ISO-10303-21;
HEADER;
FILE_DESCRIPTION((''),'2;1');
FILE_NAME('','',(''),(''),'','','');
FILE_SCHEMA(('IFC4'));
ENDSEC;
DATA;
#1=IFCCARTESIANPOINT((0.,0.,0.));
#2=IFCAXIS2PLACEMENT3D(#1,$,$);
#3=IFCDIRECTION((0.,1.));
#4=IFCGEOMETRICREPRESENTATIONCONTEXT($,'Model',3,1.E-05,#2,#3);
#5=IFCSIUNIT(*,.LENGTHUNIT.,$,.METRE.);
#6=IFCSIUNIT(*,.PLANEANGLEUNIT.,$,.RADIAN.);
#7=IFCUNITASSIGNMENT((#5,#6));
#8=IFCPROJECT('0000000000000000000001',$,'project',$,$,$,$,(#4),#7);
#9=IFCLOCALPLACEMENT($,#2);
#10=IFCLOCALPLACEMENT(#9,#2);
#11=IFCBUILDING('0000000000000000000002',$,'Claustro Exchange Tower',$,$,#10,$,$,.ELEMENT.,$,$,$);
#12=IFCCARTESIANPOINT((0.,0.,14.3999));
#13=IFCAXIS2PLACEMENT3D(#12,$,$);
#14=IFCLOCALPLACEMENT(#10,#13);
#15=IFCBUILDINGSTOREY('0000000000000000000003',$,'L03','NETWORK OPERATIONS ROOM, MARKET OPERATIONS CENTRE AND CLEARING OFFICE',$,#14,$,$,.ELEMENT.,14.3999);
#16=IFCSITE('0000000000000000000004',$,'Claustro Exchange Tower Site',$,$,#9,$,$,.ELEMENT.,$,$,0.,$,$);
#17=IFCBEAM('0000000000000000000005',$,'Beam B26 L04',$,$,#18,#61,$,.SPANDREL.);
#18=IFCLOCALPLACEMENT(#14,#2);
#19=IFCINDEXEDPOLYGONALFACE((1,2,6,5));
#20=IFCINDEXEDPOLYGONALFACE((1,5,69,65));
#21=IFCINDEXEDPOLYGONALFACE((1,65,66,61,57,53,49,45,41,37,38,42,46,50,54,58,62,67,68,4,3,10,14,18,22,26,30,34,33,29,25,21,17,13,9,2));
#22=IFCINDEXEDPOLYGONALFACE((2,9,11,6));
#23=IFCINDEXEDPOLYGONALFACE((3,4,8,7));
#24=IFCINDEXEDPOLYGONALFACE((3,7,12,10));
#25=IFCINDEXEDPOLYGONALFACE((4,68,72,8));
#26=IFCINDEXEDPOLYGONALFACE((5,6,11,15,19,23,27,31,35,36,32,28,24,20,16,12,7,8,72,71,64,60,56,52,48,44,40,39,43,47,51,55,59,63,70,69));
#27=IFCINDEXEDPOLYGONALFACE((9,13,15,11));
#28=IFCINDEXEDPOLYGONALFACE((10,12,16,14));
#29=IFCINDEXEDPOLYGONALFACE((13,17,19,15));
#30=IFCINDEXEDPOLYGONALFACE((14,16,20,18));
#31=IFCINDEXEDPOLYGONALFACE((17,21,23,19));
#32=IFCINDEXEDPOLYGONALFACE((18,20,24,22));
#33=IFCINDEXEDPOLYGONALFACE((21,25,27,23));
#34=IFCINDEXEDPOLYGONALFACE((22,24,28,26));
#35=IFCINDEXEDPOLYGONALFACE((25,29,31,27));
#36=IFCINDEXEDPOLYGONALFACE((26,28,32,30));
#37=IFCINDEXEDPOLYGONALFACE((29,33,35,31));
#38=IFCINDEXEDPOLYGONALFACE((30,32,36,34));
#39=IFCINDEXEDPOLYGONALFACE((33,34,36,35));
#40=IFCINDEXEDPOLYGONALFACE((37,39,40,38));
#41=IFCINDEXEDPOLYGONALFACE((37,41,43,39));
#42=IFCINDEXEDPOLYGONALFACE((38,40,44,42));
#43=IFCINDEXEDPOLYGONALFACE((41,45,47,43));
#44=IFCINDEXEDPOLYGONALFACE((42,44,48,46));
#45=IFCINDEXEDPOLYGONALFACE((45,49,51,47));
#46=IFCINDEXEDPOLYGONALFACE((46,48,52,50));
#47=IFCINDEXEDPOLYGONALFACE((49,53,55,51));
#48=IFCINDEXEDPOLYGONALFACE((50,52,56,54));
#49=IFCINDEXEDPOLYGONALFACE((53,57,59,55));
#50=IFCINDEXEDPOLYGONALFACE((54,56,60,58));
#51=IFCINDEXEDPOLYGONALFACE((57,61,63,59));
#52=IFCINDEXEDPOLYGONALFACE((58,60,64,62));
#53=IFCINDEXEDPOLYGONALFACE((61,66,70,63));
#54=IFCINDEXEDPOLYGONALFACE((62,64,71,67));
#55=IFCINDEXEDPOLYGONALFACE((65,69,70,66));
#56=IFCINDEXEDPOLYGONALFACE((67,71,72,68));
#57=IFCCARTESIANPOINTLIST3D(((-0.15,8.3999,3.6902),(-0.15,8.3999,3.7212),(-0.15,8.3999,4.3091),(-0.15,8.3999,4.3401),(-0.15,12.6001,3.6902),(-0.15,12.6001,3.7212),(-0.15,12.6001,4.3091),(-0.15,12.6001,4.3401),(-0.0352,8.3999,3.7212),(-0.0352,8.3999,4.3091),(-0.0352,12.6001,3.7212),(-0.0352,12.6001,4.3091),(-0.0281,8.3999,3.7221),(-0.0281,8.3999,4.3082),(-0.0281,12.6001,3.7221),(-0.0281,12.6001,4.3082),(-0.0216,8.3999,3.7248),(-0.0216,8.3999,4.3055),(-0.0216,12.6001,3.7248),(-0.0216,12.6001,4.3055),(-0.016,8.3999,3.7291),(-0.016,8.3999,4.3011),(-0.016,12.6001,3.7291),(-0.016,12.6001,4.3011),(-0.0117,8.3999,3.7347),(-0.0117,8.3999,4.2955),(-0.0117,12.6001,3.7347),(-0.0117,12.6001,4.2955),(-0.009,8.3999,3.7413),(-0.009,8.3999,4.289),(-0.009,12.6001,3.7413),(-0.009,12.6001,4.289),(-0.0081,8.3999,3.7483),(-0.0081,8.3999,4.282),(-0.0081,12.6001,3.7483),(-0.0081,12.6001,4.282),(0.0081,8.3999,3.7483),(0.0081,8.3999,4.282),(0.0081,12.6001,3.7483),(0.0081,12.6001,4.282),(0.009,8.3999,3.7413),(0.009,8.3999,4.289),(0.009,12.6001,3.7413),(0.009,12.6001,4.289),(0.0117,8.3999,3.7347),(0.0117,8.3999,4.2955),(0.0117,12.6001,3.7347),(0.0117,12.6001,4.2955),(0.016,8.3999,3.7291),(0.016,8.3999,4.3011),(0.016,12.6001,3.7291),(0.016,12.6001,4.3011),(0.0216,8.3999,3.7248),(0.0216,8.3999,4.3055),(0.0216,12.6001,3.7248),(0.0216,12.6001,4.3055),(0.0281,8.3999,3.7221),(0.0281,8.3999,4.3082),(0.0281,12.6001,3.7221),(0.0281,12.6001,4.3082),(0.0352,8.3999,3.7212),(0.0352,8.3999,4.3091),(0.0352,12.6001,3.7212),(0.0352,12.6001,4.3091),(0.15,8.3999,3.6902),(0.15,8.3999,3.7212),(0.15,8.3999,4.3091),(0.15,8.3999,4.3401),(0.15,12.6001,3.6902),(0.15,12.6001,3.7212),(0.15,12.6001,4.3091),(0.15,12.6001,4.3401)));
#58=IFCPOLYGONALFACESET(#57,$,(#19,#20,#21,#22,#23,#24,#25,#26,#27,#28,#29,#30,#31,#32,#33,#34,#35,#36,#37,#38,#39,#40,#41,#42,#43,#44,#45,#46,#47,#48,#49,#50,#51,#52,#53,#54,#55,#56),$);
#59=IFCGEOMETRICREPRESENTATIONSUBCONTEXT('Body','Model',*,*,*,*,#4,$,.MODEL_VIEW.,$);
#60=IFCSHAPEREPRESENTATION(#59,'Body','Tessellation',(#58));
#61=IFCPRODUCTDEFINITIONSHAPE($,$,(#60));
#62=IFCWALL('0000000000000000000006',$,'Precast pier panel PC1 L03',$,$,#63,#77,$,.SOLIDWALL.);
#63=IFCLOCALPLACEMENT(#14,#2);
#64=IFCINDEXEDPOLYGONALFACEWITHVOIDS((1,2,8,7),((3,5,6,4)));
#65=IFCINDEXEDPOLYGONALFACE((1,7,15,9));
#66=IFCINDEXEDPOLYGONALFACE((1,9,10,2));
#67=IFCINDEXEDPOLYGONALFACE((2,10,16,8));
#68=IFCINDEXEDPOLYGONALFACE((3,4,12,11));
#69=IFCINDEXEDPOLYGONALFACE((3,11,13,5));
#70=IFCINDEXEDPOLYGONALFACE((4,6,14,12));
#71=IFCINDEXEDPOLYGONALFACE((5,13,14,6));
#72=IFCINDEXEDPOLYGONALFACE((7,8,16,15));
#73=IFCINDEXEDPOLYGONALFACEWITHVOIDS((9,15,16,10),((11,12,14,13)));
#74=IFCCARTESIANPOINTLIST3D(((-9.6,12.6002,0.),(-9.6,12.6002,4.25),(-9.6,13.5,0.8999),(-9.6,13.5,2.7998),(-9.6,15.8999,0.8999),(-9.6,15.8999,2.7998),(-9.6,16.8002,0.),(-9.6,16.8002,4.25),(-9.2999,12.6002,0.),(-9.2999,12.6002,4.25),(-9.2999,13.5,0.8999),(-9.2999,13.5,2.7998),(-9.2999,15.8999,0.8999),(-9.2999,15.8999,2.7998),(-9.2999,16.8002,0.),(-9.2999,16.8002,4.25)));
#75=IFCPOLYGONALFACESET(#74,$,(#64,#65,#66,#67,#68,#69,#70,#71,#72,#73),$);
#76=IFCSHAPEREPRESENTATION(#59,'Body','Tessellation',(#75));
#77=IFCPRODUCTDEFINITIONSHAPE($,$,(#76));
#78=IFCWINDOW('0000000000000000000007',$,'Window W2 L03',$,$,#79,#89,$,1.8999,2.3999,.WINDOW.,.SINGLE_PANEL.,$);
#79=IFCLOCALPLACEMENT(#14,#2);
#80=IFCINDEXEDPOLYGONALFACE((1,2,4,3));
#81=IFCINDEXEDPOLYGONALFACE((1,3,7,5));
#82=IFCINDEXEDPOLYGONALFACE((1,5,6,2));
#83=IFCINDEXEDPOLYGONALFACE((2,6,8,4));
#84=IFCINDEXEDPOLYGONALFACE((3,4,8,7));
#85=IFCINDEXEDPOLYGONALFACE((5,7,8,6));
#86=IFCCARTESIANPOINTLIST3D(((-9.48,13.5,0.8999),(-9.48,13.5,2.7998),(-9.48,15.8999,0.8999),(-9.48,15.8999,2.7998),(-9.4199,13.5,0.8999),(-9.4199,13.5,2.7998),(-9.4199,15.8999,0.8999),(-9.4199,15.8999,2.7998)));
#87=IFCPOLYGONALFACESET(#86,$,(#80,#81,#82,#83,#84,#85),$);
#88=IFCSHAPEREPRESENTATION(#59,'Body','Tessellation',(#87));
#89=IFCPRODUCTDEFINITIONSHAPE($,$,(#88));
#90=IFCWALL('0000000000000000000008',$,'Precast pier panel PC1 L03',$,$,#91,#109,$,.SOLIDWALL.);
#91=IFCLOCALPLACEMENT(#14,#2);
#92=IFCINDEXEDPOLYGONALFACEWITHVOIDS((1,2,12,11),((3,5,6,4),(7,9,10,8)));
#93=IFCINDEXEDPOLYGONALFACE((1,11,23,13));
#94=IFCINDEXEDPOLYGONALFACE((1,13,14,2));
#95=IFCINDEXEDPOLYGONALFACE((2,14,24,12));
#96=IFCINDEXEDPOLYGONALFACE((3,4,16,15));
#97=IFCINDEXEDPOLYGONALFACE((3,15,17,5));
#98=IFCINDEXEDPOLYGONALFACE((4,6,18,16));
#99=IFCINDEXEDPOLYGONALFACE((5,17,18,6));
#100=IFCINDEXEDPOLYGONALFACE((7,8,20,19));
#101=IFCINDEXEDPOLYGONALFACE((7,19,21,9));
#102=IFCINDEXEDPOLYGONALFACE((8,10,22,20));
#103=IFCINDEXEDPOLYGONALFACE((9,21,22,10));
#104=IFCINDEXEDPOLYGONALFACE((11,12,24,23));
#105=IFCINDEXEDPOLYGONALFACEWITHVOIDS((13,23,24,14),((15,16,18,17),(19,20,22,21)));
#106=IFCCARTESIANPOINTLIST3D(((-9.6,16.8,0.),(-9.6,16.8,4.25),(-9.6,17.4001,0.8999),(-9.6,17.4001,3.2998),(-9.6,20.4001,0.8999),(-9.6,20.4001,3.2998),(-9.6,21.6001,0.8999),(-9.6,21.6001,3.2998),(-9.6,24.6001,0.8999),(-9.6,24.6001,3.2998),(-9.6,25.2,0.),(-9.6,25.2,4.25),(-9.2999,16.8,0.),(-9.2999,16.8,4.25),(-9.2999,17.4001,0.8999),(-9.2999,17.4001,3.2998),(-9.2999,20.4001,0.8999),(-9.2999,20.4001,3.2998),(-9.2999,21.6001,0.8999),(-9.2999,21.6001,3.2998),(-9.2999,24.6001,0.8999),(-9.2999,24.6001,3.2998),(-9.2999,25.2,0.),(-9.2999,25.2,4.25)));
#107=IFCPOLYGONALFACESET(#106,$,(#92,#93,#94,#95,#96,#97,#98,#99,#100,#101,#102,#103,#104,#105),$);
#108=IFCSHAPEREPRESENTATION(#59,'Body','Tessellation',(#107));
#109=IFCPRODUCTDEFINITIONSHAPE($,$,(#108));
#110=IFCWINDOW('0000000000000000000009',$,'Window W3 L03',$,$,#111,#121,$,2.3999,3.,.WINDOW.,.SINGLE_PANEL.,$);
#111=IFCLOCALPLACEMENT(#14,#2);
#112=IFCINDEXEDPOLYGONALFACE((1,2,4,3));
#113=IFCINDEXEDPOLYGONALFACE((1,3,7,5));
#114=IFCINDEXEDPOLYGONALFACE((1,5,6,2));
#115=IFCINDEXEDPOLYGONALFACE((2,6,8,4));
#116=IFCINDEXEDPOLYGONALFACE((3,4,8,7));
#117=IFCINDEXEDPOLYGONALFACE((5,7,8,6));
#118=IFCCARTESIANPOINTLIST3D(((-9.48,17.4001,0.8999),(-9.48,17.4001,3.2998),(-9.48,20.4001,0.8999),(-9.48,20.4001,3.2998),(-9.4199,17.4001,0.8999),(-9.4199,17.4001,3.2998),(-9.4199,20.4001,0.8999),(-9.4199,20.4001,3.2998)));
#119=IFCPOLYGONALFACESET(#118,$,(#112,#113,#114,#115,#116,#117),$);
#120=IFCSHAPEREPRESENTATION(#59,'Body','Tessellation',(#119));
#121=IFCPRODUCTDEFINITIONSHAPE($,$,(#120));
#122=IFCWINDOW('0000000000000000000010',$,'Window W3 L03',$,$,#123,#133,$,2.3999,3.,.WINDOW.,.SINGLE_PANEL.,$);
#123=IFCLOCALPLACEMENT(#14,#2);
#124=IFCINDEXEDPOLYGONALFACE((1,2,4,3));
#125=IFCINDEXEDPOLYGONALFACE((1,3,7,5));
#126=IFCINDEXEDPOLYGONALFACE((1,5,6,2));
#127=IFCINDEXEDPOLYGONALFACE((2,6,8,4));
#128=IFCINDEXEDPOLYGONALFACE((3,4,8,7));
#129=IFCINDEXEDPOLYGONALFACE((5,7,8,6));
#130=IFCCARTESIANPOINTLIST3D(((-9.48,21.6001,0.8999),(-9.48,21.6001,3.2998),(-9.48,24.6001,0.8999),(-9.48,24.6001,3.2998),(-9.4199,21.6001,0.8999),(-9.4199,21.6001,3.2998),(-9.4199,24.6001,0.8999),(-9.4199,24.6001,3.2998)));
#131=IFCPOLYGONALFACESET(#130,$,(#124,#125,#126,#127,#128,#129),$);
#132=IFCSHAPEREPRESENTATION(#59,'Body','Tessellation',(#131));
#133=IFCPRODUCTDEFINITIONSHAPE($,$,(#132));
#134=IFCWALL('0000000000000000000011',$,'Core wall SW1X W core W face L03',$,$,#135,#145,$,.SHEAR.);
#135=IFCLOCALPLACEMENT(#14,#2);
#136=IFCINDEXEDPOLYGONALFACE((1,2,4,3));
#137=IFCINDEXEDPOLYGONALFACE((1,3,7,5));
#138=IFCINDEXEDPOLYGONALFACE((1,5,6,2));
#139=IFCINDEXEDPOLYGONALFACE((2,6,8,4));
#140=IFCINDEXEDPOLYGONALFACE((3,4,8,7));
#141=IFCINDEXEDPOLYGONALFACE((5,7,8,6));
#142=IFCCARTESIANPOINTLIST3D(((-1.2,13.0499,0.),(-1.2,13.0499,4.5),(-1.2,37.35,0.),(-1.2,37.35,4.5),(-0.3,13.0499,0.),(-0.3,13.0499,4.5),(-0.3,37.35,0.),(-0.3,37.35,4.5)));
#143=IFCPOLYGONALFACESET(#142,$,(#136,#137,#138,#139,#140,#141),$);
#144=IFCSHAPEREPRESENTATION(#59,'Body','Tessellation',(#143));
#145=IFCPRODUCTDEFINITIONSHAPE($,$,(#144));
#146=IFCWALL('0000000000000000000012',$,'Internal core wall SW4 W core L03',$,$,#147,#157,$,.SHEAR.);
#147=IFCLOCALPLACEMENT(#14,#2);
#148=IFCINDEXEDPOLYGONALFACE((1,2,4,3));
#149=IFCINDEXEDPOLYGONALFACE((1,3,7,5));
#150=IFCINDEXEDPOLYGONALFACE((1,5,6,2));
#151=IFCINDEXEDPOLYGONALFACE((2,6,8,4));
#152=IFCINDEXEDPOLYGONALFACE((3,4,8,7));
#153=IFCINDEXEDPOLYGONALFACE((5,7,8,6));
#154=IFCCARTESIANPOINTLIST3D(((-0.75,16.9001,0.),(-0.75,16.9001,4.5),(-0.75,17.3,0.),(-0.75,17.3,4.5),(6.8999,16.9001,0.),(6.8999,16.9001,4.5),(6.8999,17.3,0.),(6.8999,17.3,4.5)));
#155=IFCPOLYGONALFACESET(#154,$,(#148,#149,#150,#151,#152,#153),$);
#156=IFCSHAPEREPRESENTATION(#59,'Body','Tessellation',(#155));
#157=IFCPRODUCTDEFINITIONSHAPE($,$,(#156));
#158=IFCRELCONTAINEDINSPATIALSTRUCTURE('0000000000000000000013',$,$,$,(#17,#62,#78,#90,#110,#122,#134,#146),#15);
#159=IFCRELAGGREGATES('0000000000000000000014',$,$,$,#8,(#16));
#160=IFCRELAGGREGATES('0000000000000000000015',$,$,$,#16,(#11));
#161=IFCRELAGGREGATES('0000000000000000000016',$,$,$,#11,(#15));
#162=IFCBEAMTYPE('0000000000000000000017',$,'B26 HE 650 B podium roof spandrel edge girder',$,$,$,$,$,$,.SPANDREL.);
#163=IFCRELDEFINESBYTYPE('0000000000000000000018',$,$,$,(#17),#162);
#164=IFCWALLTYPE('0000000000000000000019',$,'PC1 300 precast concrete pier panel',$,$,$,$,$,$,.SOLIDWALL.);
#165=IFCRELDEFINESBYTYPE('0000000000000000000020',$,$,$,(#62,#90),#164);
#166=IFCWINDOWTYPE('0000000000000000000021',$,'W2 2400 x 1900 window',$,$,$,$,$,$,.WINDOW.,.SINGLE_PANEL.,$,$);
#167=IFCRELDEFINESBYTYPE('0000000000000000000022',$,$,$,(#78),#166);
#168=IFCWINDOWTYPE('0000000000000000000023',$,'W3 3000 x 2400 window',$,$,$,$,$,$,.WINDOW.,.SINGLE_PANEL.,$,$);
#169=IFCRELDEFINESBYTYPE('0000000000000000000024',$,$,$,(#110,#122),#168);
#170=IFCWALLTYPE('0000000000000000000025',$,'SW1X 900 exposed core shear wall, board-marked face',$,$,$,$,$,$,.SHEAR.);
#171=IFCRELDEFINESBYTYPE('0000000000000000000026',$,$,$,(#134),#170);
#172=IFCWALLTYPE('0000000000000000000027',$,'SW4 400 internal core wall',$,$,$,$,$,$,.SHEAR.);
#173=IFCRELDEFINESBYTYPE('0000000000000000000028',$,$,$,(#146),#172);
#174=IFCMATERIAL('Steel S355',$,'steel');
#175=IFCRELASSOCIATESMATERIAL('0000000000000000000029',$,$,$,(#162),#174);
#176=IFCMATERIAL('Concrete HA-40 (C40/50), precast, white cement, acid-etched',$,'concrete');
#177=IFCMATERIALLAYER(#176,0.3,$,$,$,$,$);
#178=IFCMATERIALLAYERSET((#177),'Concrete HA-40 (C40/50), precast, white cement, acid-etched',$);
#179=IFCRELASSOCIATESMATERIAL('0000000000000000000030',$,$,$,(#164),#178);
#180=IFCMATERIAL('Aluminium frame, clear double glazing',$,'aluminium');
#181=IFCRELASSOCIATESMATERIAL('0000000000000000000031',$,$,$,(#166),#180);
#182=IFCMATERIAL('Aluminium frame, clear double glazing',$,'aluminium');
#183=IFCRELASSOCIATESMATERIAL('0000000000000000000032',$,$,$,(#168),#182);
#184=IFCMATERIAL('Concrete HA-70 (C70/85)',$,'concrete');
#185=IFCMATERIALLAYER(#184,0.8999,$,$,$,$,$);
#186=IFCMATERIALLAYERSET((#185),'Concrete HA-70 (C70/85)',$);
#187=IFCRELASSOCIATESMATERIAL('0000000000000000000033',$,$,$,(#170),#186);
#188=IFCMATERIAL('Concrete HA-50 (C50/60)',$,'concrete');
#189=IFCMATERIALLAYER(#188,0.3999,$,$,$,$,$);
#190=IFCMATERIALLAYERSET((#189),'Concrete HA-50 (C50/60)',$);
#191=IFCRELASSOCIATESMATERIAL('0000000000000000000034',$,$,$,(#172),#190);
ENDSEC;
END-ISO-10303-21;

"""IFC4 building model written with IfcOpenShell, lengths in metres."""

from ifc_helpers import new_model, si_unit, direction, frame, frame_2d, origin, origin_2d, place, context, subcontext, project, spatial, rectangle, i_section, extrude, material, layer, layer_set, material_profile, profile_set, type_object, element, fill, save


model = new_model("IFC4")

# Units and contexts
model_context = context("Model", 3, precision=1e-05, world=origin(), true_north=direction((0.0, 1.0)))
body_context = subcontext(model_context, "Body", "Model", "MODEL_VIEW")
ifc_project = project(units=[si_unit("LENGTHUNIT", "METRE"), si_unit("PLANEANGLEUNIT", "RADIAN")], contexts=[model_context])

# Site, building, storey
site_placement = place(None, origin())
site = spatial("IfcSite", under=ifc_project, at=site_placement, Name="Claustro Exchange Tower Site", CompositionType="ELEMENT", RefElevation=0.0)
building_placement = place(site_placement, origin())
building = spatial("IfcBuilding", under=site, at=building_placement, Name="Claustro Exchange Tower", CompositionType="ELEMENT")
storey_placement = place(building_placement, frame((0.0, 0.0, 14.3999)))
storey = spatial("IfcBuildingStorey", under=building, at=storey_placement, Name="L03", Description="NETWORK OPERATIONS ROOM, MARKET OPERATIONS CENTRE AND CLEARING OFFICE", CompositionType="ELEMENT", Elevation=14.3999)

# Beam
ifc_material_1 = material(Name="Steel S355", Category="steel")
ifc_material_profile_1 = material_profile(ifc_material_1, i_section(OverallWidth=0.3, OverallDepth=0.6499, WebThickness=0.0161, FlangeThickness=0.031, FilletRadius=0.0271, at=origin_2d()), Name="HE 650 B")
ifc_profile_set_1 = profile_set([ifc_material_profile_1], Name="Steel S355")
beam_type_1 = type_object("IfcBeamType", Name="B26 HE 650 B podium roof spandrel edge girder", PredefinedType="SPANDREL", material=ifc_profile_set_1)
beam_1_placement = place(storey_placement, frame((0.0, 8.3999, 4.0151), z_axis=(0.0, 1.0, 0.0), x_axis=(-1.0, 0.0, 0.0)))
element("IfcBeam", 1, at=beam_1_placement, inside=storey, type_object=beam_type_1, Name="Beam B26 L04", PredefinedType="SPANDREL", context=body_context, shape_type="SweptSolid", body=[
    extrude(i_section(OverallWidth=0.3, OverallDepth=0.6499, WebThickness=0.0161, FlangeThickness=0.031, FilletRadius=0.0271, at=origin_2d()), origin(), (0.0, 0.0, 1.0), 4.2002),
])

# Wall, opening, window
ifc_material_2 = material(Name="Concrete HA-40 (C40/50), precast, white cement, acid-etched", Category="concrete")
ifc_layer_1 = layer(ifc_material_2, 0.3)
ifc_layer_set_1 = layer_set([ifc_layer_1], Name="Concrete HA-40 (C40/50), precast, white cement, acid-etched")
wall_type_1 = type_object("IfcWallType", Name="PC1 300 precast concrete pier panel", PredefinedType="SOLIDWALL", material=ifc_layer_set_1)
wall_1_placement = place(storey_placement, frame((-9.45, 12.6001, 0.0), z_axis=(0.0, 0.0, 1.0), x_axis=(0.0, 1.0, 0.0)))
wall_1 = element("IfcWall", 2, at=wall_1_placement, inside=storey, type_object=wall_type_1, Name="Precast pier panel PC1 L03", PredefinedType="SOLIDWALL", context=body_context, shape_type="SweptSolid", body=[
    extrude(rectangle(XDim=4.2, YDim=0.3, at=frame_2d((2.1001, 0.0))), origin(), (0.0, 0.0, 1.0), 4.25),
])
opening_1_placement = place(wall_1_placement, frame((0.8999, 0.0, 0.8999)))
opening_1 = element("IfcOpeningElement", 3, at=opening_1_placement, cuts=wall_1, PredefinedType="OPENING", context=body_context, shape_type="SweptSolid", body=[
    extrude(rectangle(XDim=2.3999, YDim=1.8999, at=frame_2d((1.2, 0.95))), frame((0.0, 0.1599, 0.0), z_axis=(0.0, -1.0, 0.0), x_axis=(1.0, 0.0, 0.0)), (0.0, 0.0, 1.0), 0.3201),
])
ifc_material_3 = material(Name="Aluminium frame, clear double glazing", Category="aluminium")
window_type_1 = type_object("IfcWindowType", Name="W2 2400 x 1900 window", PartitioningType="SINGLE_PANEL", PredefinedType="WINDOW", material=ifc_material_3)
window_1_placement = place(opening_1_placement, origin())
window_1 = element("IfcWindow", 4, at=window_1_placement, inside=storey, type_object=window_type_1, Name="Window W2 L03", OverallHeight=1.8999, OverallWidth=2.3999, PartitioningType="SINGLE_PANEL", PredefinedType="WINDOW", context=body_context, shape_type="SweptSolid", body=[
    extrude(rectangle(XDim=2.3999, YDim=1.8999, at=frame_2d((1.2, 0.95))), frame((0.0, 0.03, 0.0), z_axis=(0.0, -1.0, 0.0), x_axis=(1.0, 0.0, 0.0)), (0.0, 0.0, 1.0), 0.0601),
])
fill(opening_1, window_1)

# Wall, openings, windows
wall_2_placement = place(storey_placement, frame((-9.45, 16.8, 0.0), z_axis=(0.0, 0.0, 1.0), x_axis=(0.0, 1.0, 0.0)))
wall_2 = element("IfcWall", 5, at=wall_2_placement, inside=storey, type_object=wall_type_1, Name="Precast pier panel PC1 L03", PredefinedType="SOLIDWALL", context=body_context, shape_type="SweptSolid", body=[
    extrude(rectangle(XDim=8.3999, YDim=0.3, at=frame_2d((4.2, 0.0))), origin(), (0.0, 0.0, 1.0), 4.25),
])
opening_2_placement = place(wall_2_placement, frame((0.6001, 0.0, 0.8999)))
opening_2 = element("IfcOpeningElement", 6, at=opening_2_placement, cuts=wall_2, PredefinedType="OPENING", context=body_context, shape_type="SweptSolid", body=[
    extrude(rectangle(XDim=3.0, YDim=2.3999, at=frame_2d((1.5, 1.2))), frame((0.0, 0.1599, 0.0), z_axis=(0.0, -1.0, 0.0), x_axis=(1.0, 0.0, 0.0)), (0.0, 0.0, 1.0), 0.3201),
])
opening_3_placement = place(wall_2_placement, frame((4.8, 0.0, 0.8999)))
opening_3 = element("IfcOpeningElement", 7, at=opening_3_placement, cuts=wall_2, PredefinedType="OPENING", context=body_context, shape_type="SweptSolid", body=[
    extrude(rectangle(XDim=3.0, YDim=2.3999, at=frame_2d((1.5, 1.2))), frame((0.0, 0.1599, 0.0), z_axis=(0.0, -1.0, 0.0), x_axis=(1.0, 0.0, 0.0)), (0.0, 0.0, 1.0), 0.3201),
])
ifc_material_4 = material(Name="Aluminium frame, clear double glazing", Category="aluminium")
window_type_2 = type_object("IfcWindowType", Name="W3 3000 x 2400 window", PartitioningType="SINGLE_PANEL", PredefinedType="WINDOW", material=ifc_material_4)
window_2_placement = place(opening_2_placement, origin())
window_2 = element("IfcWindow", 8, at=window_2_placement, inside=storey, type_object=window_type_2, Name="Window W3 L03", OverallHeight=2.3999, OverallWidth=3.0, PartitioningType="SINGLE_PANEL", PredefinedType="WINDOW", context=body_context, shape_type="SweptSolid", body=[
    extrude(rectangle(XDim=3.0, YDim=2.3999, at=frame_2d((1.5, 1.2))), frame((0.0, 0.03, 0.0), z_axis=(0.0, -1.0, 0.0), x_axis=(1.0, 0.0, 0.0)), (0.0, 0.0, 1.0), 0.0601),
])
fill(opening_2, window_2)
window_3_placement = place(opening_3_placement, origin())
window_3 = element("IfcWindow", 9, at=window_3_placement, inside=storey, type_object=window_type_2, Name="Window W3 L03", OverallHeight=2.3999, OverallWidth=3.0, PartitioningType="SINGLE_PANEL", PredefinedType="WINDOW", context=body_context, shape_type="SweptSolid", body=[
    extrude(rectangle(XDim=3.0, YDim=2.3999, at=frame_2d((1.5, 1.2))), frame((0.0, 0.03, 0.0), z_axis=(0.0, -1.0, 0.0), x_axis=(1.0, 0.0, 0.0)), (0.0, 0.0, 1.0), 0.0601),
])
fill(opening_3, window_3)

# Walls
ifc_material_5 = material(Name="Concrete HA-70 (C70/85)", Category="concrete")
ifc_layer_2 = layer(ifc_material_5, 0.8999)
ifc_layer_set_2 = layer_set([ifc_layer_2], Name="Concrete HA-70 (C70/85)")
wall_type_2 = type_object("IfcWallType", Name="SW1X 900 exposed core shear wall, board-marked face", PredefinedType="SHEAR", material=ifc_layer_set_2)
wall_3_placement = place(storey_placement, frame((-0.75, 13.05, 0.0), z_axis=(0.0, 0.0, 1.0), x_axis=(0.0, 1.0, 0.0)))
element("IfcWall", 10, at=wall_3_placement, inside=storey, type_object=wall_type_2, Name="Core wall SW1X W core W face L03", PredefinedType="SHEAR", context=body_context, shape_type="SweptSolid", body=[
    extrude(rectangle(XDim=24.3, YDim=0.8999, at=frame_2d((12.1499, 0.0))), origin(), (0.0, 0.0, 1.0), 4.5),
])
ifc_material_6 = material(Name="Concrete HA-50 (C50/60)", Category="concrete")
ifc_layer_3 = layer(ifc_material_6, 0.3999)
ifc_layer_set_3 = layer_set([ifc_layer_3], Name="Concrete HA-50 (C50/60)")
wall_type_3 = type_object("IfcWallType", Name="SW4 400 internal core wall", PredefinedType="SHEAR", material=ifc_layer_set_3)
wall_4_placement = place(storey_placement, frame((-0.75, 17.1001, 0.0), z_axis=(0.0, 0.0, 1.0), x_axis=(1.0, 0.0, 0.0)))
element("IfcWall", 11, at=wall_4_placement, inside=storey, type_object=wall_type_3, Name="Internal core wall SW4 W core L03", PredefinedType="SHEAR", context=body_context, shape_type="SweptSolid", body=[
    extrude(rectangle(XDim=7.6499, YDim=0.3999, at=frame_2d((3.825, 0.0))), origin(), (0.0, 0.0, 1.0), 4.5),
])

save(model, "model.ifc")
